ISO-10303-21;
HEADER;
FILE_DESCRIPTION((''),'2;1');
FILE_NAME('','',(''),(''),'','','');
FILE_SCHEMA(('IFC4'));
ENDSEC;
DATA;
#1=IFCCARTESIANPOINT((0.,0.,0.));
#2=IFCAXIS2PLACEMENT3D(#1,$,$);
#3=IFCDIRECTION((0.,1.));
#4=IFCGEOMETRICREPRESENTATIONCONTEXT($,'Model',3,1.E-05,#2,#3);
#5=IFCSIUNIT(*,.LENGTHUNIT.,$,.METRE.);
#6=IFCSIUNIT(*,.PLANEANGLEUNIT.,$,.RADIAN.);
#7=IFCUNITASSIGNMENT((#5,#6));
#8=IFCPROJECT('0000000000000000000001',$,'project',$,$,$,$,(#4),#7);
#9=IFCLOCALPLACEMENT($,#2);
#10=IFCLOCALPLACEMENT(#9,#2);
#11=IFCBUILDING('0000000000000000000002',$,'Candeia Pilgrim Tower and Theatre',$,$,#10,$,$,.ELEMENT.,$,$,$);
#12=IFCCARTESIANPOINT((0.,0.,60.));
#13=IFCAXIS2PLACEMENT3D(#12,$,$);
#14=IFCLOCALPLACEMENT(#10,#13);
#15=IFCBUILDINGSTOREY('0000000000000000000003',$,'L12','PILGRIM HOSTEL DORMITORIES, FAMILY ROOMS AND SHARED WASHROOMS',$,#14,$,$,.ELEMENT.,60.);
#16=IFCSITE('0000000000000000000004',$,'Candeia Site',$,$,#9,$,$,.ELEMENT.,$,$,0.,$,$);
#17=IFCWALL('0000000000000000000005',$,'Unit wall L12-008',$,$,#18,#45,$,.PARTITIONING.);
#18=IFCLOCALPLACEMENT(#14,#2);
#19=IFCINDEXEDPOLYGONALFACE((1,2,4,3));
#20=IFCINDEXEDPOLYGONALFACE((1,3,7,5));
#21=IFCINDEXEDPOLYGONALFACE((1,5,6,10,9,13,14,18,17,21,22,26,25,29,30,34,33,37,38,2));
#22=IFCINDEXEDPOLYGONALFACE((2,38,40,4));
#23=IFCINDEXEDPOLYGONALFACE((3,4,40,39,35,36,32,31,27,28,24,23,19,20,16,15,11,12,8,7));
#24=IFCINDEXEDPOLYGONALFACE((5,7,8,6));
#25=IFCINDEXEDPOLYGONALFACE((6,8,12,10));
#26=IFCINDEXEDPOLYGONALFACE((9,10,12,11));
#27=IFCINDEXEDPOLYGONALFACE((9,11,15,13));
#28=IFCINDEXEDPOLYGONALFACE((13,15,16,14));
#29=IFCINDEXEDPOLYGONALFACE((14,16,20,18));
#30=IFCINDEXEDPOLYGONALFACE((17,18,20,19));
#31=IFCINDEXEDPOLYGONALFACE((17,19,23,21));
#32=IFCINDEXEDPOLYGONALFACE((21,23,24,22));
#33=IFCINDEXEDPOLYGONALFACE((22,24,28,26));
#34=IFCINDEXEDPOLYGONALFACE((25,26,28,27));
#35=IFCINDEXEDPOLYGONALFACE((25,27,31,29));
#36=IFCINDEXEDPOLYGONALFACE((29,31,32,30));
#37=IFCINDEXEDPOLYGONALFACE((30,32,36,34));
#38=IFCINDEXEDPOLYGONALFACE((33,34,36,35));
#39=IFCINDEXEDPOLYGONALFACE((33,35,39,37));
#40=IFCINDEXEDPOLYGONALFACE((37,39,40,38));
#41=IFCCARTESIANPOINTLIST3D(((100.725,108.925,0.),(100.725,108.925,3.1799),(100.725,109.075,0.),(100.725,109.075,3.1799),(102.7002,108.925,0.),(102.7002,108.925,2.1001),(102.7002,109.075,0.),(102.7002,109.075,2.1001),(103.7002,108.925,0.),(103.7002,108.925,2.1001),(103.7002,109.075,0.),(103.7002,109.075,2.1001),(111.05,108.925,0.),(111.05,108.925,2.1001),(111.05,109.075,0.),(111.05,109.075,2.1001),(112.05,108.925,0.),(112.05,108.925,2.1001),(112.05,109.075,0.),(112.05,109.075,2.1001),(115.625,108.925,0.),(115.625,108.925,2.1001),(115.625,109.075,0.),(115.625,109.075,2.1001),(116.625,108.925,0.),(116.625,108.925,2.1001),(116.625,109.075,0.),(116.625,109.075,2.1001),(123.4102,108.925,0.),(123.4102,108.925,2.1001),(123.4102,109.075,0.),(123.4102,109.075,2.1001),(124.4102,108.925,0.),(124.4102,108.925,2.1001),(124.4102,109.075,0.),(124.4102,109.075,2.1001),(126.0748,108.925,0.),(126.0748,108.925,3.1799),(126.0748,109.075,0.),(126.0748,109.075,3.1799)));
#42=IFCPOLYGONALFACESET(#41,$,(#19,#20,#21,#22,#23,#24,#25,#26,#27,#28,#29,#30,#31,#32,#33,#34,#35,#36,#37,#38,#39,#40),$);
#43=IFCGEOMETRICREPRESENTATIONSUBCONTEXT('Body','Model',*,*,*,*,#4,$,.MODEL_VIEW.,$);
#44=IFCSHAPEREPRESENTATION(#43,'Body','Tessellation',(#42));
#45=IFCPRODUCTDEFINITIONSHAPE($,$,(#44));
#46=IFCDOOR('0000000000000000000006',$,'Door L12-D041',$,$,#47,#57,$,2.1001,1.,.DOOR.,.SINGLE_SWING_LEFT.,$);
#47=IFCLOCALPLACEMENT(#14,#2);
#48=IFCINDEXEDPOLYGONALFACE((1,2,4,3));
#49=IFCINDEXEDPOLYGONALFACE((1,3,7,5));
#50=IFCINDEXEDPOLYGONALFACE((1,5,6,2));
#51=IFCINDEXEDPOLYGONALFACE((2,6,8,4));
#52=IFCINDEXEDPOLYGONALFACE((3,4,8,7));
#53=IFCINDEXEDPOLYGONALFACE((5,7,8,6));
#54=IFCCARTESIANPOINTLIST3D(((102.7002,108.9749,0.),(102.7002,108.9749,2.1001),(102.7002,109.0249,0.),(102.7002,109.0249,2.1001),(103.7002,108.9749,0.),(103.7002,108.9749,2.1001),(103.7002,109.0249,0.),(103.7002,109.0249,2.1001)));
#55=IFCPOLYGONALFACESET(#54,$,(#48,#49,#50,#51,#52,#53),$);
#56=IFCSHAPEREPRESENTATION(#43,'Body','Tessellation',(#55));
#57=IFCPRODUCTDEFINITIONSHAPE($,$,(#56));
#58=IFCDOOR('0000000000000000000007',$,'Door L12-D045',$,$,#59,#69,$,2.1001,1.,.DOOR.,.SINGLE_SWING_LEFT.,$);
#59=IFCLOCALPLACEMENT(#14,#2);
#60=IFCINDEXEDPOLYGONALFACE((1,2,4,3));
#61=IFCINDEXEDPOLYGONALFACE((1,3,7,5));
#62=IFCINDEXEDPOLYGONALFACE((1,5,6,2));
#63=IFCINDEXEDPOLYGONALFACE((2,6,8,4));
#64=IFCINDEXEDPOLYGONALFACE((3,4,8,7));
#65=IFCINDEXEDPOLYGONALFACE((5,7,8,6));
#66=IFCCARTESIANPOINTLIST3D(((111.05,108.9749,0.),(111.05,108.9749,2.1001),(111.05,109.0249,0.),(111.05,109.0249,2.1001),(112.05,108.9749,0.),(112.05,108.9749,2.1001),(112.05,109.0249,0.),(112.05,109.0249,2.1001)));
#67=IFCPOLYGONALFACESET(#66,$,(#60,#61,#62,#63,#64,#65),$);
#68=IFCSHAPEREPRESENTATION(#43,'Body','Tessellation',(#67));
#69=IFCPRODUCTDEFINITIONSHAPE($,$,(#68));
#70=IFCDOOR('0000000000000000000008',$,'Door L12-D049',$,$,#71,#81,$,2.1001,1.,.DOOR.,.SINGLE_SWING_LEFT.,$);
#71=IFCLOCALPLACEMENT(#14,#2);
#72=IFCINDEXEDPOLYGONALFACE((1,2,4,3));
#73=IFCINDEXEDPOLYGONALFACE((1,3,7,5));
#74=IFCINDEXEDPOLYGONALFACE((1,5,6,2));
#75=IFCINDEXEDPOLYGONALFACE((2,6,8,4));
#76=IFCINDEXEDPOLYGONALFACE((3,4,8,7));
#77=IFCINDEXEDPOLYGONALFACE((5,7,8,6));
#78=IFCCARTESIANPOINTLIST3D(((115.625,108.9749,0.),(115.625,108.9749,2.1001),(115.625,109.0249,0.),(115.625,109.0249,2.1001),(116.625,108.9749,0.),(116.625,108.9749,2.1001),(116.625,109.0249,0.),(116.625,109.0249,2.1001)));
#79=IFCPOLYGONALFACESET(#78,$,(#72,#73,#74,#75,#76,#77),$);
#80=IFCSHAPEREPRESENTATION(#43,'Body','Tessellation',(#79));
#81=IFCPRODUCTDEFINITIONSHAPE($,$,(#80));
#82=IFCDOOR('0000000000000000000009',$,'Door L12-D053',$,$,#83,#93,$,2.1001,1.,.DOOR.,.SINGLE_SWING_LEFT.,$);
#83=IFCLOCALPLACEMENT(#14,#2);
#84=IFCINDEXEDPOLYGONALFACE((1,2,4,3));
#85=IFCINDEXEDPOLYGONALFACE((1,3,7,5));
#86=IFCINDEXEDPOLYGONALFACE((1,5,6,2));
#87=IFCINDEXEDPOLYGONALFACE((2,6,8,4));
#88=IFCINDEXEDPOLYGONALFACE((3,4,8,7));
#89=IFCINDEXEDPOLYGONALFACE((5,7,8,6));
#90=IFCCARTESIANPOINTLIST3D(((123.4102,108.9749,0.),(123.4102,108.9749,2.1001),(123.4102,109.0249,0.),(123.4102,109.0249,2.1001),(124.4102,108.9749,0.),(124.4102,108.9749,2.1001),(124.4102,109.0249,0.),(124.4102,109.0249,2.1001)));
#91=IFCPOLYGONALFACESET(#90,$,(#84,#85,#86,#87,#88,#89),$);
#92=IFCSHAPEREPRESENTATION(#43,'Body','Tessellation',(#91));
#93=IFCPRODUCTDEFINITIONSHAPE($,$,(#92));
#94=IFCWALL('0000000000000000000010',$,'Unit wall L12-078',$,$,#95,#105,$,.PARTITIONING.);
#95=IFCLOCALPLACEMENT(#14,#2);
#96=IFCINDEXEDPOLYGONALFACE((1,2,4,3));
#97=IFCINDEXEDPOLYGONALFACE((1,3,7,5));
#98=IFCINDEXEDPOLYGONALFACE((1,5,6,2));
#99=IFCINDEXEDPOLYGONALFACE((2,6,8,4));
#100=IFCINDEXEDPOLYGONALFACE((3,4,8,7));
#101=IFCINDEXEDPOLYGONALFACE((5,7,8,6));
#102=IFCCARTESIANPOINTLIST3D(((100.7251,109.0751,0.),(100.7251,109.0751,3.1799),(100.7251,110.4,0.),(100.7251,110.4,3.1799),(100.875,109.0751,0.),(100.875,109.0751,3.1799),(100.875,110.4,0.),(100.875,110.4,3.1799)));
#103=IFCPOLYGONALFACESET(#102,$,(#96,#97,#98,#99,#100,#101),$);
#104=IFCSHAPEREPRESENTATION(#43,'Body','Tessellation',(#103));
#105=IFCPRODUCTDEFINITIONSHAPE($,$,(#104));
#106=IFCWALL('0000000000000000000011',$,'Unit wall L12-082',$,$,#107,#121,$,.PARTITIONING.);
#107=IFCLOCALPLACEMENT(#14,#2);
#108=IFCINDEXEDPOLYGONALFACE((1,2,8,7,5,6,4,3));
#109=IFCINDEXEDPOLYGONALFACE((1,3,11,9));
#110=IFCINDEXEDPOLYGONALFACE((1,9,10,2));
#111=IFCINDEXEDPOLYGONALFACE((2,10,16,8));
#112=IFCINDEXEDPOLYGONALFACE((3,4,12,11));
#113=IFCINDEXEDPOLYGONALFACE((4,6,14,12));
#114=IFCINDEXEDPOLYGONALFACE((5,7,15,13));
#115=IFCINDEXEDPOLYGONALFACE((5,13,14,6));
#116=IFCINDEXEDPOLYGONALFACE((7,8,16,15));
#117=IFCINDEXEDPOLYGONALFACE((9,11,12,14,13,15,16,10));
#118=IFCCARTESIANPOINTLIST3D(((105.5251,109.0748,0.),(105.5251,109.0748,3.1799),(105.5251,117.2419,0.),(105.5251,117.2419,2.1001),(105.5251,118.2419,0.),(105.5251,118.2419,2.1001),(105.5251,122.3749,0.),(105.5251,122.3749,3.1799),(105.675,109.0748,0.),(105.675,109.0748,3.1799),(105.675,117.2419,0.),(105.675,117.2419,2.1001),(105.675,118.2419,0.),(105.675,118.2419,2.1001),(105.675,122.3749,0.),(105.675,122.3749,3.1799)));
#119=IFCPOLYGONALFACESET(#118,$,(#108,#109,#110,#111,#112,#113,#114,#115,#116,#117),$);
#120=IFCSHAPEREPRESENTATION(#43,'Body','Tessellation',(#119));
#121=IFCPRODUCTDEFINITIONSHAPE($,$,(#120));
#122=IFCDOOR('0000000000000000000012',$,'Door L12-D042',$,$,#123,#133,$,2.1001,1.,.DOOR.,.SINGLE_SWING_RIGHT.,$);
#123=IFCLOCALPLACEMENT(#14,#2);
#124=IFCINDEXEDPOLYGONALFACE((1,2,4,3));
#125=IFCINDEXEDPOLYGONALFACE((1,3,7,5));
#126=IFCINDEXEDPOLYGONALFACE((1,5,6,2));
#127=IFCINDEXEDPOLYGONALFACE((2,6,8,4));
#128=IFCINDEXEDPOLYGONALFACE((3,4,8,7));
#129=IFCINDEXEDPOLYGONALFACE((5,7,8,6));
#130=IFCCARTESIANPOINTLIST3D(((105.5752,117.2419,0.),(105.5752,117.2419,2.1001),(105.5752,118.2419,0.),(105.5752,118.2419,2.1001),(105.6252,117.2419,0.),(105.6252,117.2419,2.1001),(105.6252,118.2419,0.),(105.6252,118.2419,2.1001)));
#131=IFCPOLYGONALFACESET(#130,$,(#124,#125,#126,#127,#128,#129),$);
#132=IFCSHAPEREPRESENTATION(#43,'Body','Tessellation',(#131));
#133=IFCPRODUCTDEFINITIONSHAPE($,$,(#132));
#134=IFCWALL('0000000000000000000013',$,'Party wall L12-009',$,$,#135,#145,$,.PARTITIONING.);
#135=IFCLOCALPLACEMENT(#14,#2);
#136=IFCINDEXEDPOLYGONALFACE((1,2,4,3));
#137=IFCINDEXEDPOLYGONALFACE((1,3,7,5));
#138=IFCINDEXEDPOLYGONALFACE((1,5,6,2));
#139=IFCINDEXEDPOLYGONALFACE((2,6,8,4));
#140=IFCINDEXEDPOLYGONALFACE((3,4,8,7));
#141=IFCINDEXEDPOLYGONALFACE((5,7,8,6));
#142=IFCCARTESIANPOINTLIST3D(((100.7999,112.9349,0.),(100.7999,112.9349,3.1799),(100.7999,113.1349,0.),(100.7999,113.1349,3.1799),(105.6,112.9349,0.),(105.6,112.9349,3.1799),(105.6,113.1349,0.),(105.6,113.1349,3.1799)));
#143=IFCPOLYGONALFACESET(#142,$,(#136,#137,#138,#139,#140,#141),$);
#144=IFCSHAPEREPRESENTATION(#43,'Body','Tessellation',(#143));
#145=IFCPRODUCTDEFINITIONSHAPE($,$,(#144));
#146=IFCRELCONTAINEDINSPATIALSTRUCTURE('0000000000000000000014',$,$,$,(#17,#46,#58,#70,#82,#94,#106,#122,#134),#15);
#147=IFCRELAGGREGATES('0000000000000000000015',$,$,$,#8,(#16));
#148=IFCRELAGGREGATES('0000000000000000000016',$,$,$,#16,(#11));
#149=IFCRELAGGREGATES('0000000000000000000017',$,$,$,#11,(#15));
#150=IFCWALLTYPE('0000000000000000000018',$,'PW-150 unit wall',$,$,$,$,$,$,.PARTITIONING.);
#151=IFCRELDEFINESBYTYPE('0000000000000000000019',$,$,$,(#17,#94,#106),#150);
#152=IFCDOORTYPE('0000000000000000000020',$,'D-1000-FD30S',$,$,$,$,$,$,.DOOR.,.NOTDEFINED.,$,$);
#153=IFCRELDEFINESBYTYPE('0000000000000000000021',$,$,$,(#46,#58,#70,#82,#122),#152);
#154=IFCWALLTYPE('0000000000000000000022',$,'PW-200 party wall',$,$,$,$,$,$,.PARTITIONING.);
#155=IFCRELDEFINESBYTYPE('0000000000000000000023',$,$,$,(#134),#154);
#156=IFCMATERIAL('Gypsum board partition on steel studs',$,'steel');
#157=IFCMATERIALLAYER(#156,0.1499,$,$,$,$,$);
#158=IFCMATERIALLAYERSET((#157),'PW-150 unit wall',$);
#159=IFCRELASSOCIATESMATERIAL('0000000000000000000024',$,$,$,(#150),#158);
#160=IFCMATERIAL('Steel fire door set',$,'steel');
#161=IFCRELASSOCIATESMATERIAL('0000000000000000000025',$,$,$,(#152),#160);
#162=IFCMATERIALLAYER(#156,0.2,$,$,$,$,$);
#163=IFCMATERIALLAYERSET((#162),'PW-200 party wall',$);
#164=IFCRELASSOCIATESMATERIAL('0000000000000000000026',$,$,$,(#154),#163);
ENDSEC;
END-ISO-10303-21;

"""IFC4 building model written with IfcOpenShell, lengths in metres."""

from ifc_helpers import new_model, si_unit, direction, frame, frame_2d, origin, place, context, subcontext, project, spatial, rectangle, extrude, material, layer, layer_set, type_object, element, fill, save


model = new_model("IFC4")

# Units and contexts
model_context = context("Model", 3, precision=1e-05, world=origin(), true_north=direction((0.0, 1.0)))
body_context = subcontext(model_context, "Body", "Model", "MODEL_VIEW")
ifc_project = project(units=[si_unit("LENGTHUNIT", "METRE"), si_unit("PLANEANGLEUNIT", "RADIAN")], contexts=[model_context])

# Site, building, storey
site_placement = place(None, origin())
site = spatial("IfcSite", under=ifc_project, at=site_placement, Name="Candeia Site", CompositionType="ELEMENT", RefElevation=0.0)
building_placement = place(site_placement, origin())
building = spatial("IfcBuilding", under=site, at=building_placement, Name="Candeia Pilgrim Tower and Theatre", CompositionType="ELEMENT")
storey_placement = place(building_placement, frame((0.0, 0.0, 60.0)))
storey = spatial("IfcBuildingStorey", under=building, at=storey_placement, Name="L12", Description="PILGRIM HOSTEL DORMITORIES, FAMILY ROOMS AND SHARED WASHROOMS", CompositionType="ELEMENT", Elevation=60.0)

# Shared definitions
ifc_material_1 = material(Name="Steel fire door set", Category="steel")

# Shared definitions
ifc_material_2 = material(Name="Gypsum board partition on steel studs", Category="steel")

# Wall, openings, doors
ifc_layer_1 = layer(ifc_material_2, 0.1499)
ifc_layer_set_1 = layer_set([ifc_layer_1], Name="PW-150 unit wall")
wall_type_1 = type_object("IfcWallType", Name="PW-150 unit wall", PredefinedType="PARTITIONING", material=ifc_layer_set_1)
wall_1_placement = place(storey_placement, frame((100.7251, 109.0, 0.0), z_axis=(0.0, 0.0, 1.0), x_axis=(1.0, 0.0, 0.0)))
wall_1 = element("IfcWall", 1, at=wall_1_placement, inside=storey, type_object=wall_type_1, Name="Unit wall L12-008", PredefinedType="PARTITIONING", context=body_context, shape_type="SweptSolid", body=[
    extrude(rectangle(XDim=25.3499, YDim=0.1499, at=frame_2d((12.6748, 0.0))), origin(), (0.0, 0.0, 1.0), 3.1799),
])
opening_1_placement = place(wall_1_placement, frame((1.9751, 0.0, 0.0)))
opening_1 = element("IfcOpeningElement", 2, at=opening_1_placement, cuts=wall_1, PredefinedType="OPENING", context=body_context, shape_type="SweptSolid", body=[
    extrude(rectangle(XDim=1.0, YDim=2.1001, at=frame_2d((0.5, 1.05))), frame((0.0, 0.085, 0.0), z_axis=(0.0, -1.0, 0.0), x_axis=(1.0, 0.0, 0.0)), (0.0, 0.0, 1.0), 0.1699),
])
opening_2_placement = place(wall_1_placement, frame((10.325, 0.0, 0.0)))
opening_2 = element("IfcOpeningElement", 3, at=opening_2_placement, cuts=wall_1, PredefinedType="OPENING", context=body_context, shape_type="SweptSolid", body=[
    extrude(rectangle(XDim=1.0, YDim=2.1001, at=frame_2d((0.5, 1.05))), frame((0.0, 0.085, 0.0), z_axis=(0.0, -1.0, 0.0), x_axis=(1.0, 0.0, 0.0)), (0.0, 0.0, 1.0), 0.1699),
])
opening_3_placement = place(wall_1_placement, frame((14.8999, 0.0, 0.0)))
opening_3 = element("IfcOpeningElement", 4, at=opening_3_placement, cuts=wall_1, PredefinedType="OPENING", context=body_context, shape_type="SweptSolid", body=[
    extrude(rectangle(XDim=1.0, YDim=2.1001, at=frame_2d((0.5, 1.05))), frame((0.0, 0.085, 0.0), z_axis=(0.0, -1.0, 0.0), x_axis=(1.0, 0.0, 0.0)), (0.0, 0.0, 1.0), 0.1699),
])
opening_4_placement = place(wall_1_placement, frame((22.6851, 0.0, 0.0)))
opening_4 = element("IfcOpeningElement", 5, at=opening_4_placement, cuts=wall_1, PredefinedType="OPENING", context=body_context, shape_type="SweptSolid", body=[
    extrude(rectangle(XDim=1.0, YDim=2.1001, at=frame_2d((0.5, 1.05))), frame((0.0, 0.085, 0.0), z_axis=(0.0, -1.0, 0.0), x_axis=(1.0, 0.0, 0.0)), (0.0, 0.0, 1.0), 0.1699),
])
door_type_1 = type_object("IfcDoorType", Name="D-1000-FD30S", OperationType="NOTDEFINED", PredefinedType="DOOR", material=ifc_material_1)
door_1_placement = place(opening_1_placement, origin())
door_1 = element("IfcDoor", 6, at=door_1_placement, inside=storey, type_object=door_type_1, Name="Door L12-D041", OperationType="SINGLE_SWING_LEFT", OverallHeight=2.1001, OverallWidth=1.0, PredefinedType="DOOR", context=body_context, shape_type="SweptSolid", body=[
    extrude(rectangle(XDim=1.0, YDim=2.1001, at=frame_2d((0.5, 1.05))), frame((0.0, 0.0249, 0.0), z_axis=(0.0, -1.0, 0.0), x_axis=(1.0, 0.0, 0.0)), (0.0, 0.0, 1.0), 0.05),
])
fill(opening_1, door_1)
door_2_placement = place(opening_2_placement, origin())
door_2 = element("IfcDoor", 7, at=door_2_placement, inside=storey, type_object=door_type_1, Name="Door L12-D045", OperationType="SINGLE_SWING_LEFT", OverallHeight=2.1001, OverallWidth=1.0, PredefinedType="DOOR", context=body_context, shape_type="SweptSolid", body=[
    extrude(rectangle(XDim=1.0, YDim=2.1001, at=frame_2d((0.5, 1.05))), frame((0.0, 0.0249, 0.0), z_axis=(0.0, -1.0, 0.0), x_axis=(1.0, 0.0, 0.0)), (0.0, 0.0, 1.0), 0.05),
])
fill(opening_2, door_2)
door_3_placement = place(opening_3_placement, origin())
door_3 = element("IfcDoor", 8, at=door_3_placement, inside=storey, type_object=door_type_1, Name="Door L12-D049", OperationType="SINGLE_SWING_LEFT", OverallHeight=2.1001, OverallWidth=1.0, PredefinedType="DOOR", context=body_context, shape_type="SweptSolid", body=[
    extrude(rectangle(XDim=1.0, YDim=2.1001, at=frame_2d((0.5, 1.05))), frame((0.0, 0.0249, 0.0), z_axis=(0.0, -1.0, 0.0), x_axis=(1.0, 0.0, 0.0)), (0.0, 0.0, 1.0), 0.05),
])
fill(opening_3, door_3)
door_4_placement = place(opening_4_placement, origin())
door_4 = element("IfcDoor", 9, at=door_4_placement, inside=storey, type_object=door_type_1, Name="Door L12-D053", OperationType="SINGLE_SWING_LEFT", OverallHeight=2.1001, OverallWidth=1.0, PredefinedType="DOOR", context=body_context, shape_type="SweptSolid", body=[
    extrude(rectangle(XDim=1.0, YDim=2.1001, at=frame_2d((0.5, 1.05))), frame((0.0, 0.0249, 0.0), z_axis=(0.0, -1.0, 0.0), x_axis=(1.0, 0.0, 0.0)), (0.0, 0.0, 1.0), 0.05),
])
fill(opening_4, door_4)

# Wall
wall_2_placement = place(storey_placement, frame((100.8, 109.075, 0.0), z_axis=(0.0, 0.0, 1.0), x_axis=(0.0, 1.0, 0.0)))
element("IfcWall", 10, at=wall_2_placement, inside=storey, type_object=wall_type_1, Name="Unit wall L12-078", PredefinedType="PARTITIONING", context=body_context, shape_type="SweptSolid", body=[
    extrude(rectangle(XDim=1.325, YDim=0.1499, at=frame_2d((0.6626, 0.0))), origin(), (0.0, 0.0, 1.0), 3.1799),
])

# Wall, opening, door
wall_3_placement = place(storey_placement, frame((105.6001, 109.075, 0.0), z_axis=(0.0, 0.0, 1.0), x_axis=(0.0, 1.0, 0.0)))
wall_3 = element("IfcWall", 11, at=wall_3_placement, inside=storey, type_object=wall_type_1, Name="Unit wall L12-082", PredefinedType="PARTITIONING", context=body_context, shape_type="SweptSolid", body=[
    extrude(rectangle(XDim=13.3, YDim=0.1499, at=frame_2d((6.6499, 0.0))), origin(), (0.0, 0.0, 1.0), 3.1799),
])
opening_5_placement = place(wall_3_placement, frame((8.167, 0.0, 0.0)))
opening_5 = element("IfcOpeningElement", 12, at=opening_5_placement, cuts=wall_3, PredefinedType="OPENING", context=body_context, shape_type="SweptSolid", body=[
    extrude(rectangle(XDim=1.0, YDim=2.1001, at=frame_2d((0.5, 1.05))), frame((0.0, 0.085, 0.0), z_axis=(0.0, -1.0, 0.0), x_axis=(1.0, 0.0, 0.0)), (0.0, 0.0, 1.0), 0.1699),
])
door_5_placement = place(opening_5_placement, origin())
door_5 = element("IfcDoor", 13, at=door_5_placement, inside=storey, type_object=door_type_1, Name="Door L12-D042", OperationType="SINGLE_SWING_RIGHT", OverallHeight=2.1001, OverallWidth=1.0, PredefinedType="DOOR", context=body_context, shape_type="SweptSolid", body=[
    extrude(rectangle(XDim=1.0, YDim=2.1001, at=frame_2d((0.5, 1.05))), frame((0.0, 0.0249, 0.0), z_axis=(0.0, -1.0, 0.0), x_axis=(1.0, 0.0, 0.0)), (0.0, 0.0, 1.0), 0.05),
])
fill(opening_5, door_5)

# Wall
ifc_layer_2 = layer(ifc_material_2, 0.2)
ifc_layer_set_2 = layer_set([ifc_layer_2], Name="PW-200 party wall")
wall_type_2 = type_object("IfcWallType", Name="PW-200 party wall", PredefinedType="PARTITIONING", material=ifc_layer_set_2)
wall_4_placement = place(storey_placement, frame((100.8, 113.0349, 0.0), z_axis=(0.0, 0.0, 1.0), x_axis=(1.0, 0.0, 0.0)))
element("IfcWall", 14, at=wall_4_placement, inside=storey, type_object=wall_type_2, Name="Party wall L12-009", PredefinedType="PARTITIONING", context=body_context, shape_type="SweptSolid", body=[
    extrude(rectangle(XDim=4.8, YDim=0.2, at=frame_2d((2.3999, 0.0))), origin(), (0.0, 0.0, 1.0), 3.1799),
])

save(model, "model.ifc")
